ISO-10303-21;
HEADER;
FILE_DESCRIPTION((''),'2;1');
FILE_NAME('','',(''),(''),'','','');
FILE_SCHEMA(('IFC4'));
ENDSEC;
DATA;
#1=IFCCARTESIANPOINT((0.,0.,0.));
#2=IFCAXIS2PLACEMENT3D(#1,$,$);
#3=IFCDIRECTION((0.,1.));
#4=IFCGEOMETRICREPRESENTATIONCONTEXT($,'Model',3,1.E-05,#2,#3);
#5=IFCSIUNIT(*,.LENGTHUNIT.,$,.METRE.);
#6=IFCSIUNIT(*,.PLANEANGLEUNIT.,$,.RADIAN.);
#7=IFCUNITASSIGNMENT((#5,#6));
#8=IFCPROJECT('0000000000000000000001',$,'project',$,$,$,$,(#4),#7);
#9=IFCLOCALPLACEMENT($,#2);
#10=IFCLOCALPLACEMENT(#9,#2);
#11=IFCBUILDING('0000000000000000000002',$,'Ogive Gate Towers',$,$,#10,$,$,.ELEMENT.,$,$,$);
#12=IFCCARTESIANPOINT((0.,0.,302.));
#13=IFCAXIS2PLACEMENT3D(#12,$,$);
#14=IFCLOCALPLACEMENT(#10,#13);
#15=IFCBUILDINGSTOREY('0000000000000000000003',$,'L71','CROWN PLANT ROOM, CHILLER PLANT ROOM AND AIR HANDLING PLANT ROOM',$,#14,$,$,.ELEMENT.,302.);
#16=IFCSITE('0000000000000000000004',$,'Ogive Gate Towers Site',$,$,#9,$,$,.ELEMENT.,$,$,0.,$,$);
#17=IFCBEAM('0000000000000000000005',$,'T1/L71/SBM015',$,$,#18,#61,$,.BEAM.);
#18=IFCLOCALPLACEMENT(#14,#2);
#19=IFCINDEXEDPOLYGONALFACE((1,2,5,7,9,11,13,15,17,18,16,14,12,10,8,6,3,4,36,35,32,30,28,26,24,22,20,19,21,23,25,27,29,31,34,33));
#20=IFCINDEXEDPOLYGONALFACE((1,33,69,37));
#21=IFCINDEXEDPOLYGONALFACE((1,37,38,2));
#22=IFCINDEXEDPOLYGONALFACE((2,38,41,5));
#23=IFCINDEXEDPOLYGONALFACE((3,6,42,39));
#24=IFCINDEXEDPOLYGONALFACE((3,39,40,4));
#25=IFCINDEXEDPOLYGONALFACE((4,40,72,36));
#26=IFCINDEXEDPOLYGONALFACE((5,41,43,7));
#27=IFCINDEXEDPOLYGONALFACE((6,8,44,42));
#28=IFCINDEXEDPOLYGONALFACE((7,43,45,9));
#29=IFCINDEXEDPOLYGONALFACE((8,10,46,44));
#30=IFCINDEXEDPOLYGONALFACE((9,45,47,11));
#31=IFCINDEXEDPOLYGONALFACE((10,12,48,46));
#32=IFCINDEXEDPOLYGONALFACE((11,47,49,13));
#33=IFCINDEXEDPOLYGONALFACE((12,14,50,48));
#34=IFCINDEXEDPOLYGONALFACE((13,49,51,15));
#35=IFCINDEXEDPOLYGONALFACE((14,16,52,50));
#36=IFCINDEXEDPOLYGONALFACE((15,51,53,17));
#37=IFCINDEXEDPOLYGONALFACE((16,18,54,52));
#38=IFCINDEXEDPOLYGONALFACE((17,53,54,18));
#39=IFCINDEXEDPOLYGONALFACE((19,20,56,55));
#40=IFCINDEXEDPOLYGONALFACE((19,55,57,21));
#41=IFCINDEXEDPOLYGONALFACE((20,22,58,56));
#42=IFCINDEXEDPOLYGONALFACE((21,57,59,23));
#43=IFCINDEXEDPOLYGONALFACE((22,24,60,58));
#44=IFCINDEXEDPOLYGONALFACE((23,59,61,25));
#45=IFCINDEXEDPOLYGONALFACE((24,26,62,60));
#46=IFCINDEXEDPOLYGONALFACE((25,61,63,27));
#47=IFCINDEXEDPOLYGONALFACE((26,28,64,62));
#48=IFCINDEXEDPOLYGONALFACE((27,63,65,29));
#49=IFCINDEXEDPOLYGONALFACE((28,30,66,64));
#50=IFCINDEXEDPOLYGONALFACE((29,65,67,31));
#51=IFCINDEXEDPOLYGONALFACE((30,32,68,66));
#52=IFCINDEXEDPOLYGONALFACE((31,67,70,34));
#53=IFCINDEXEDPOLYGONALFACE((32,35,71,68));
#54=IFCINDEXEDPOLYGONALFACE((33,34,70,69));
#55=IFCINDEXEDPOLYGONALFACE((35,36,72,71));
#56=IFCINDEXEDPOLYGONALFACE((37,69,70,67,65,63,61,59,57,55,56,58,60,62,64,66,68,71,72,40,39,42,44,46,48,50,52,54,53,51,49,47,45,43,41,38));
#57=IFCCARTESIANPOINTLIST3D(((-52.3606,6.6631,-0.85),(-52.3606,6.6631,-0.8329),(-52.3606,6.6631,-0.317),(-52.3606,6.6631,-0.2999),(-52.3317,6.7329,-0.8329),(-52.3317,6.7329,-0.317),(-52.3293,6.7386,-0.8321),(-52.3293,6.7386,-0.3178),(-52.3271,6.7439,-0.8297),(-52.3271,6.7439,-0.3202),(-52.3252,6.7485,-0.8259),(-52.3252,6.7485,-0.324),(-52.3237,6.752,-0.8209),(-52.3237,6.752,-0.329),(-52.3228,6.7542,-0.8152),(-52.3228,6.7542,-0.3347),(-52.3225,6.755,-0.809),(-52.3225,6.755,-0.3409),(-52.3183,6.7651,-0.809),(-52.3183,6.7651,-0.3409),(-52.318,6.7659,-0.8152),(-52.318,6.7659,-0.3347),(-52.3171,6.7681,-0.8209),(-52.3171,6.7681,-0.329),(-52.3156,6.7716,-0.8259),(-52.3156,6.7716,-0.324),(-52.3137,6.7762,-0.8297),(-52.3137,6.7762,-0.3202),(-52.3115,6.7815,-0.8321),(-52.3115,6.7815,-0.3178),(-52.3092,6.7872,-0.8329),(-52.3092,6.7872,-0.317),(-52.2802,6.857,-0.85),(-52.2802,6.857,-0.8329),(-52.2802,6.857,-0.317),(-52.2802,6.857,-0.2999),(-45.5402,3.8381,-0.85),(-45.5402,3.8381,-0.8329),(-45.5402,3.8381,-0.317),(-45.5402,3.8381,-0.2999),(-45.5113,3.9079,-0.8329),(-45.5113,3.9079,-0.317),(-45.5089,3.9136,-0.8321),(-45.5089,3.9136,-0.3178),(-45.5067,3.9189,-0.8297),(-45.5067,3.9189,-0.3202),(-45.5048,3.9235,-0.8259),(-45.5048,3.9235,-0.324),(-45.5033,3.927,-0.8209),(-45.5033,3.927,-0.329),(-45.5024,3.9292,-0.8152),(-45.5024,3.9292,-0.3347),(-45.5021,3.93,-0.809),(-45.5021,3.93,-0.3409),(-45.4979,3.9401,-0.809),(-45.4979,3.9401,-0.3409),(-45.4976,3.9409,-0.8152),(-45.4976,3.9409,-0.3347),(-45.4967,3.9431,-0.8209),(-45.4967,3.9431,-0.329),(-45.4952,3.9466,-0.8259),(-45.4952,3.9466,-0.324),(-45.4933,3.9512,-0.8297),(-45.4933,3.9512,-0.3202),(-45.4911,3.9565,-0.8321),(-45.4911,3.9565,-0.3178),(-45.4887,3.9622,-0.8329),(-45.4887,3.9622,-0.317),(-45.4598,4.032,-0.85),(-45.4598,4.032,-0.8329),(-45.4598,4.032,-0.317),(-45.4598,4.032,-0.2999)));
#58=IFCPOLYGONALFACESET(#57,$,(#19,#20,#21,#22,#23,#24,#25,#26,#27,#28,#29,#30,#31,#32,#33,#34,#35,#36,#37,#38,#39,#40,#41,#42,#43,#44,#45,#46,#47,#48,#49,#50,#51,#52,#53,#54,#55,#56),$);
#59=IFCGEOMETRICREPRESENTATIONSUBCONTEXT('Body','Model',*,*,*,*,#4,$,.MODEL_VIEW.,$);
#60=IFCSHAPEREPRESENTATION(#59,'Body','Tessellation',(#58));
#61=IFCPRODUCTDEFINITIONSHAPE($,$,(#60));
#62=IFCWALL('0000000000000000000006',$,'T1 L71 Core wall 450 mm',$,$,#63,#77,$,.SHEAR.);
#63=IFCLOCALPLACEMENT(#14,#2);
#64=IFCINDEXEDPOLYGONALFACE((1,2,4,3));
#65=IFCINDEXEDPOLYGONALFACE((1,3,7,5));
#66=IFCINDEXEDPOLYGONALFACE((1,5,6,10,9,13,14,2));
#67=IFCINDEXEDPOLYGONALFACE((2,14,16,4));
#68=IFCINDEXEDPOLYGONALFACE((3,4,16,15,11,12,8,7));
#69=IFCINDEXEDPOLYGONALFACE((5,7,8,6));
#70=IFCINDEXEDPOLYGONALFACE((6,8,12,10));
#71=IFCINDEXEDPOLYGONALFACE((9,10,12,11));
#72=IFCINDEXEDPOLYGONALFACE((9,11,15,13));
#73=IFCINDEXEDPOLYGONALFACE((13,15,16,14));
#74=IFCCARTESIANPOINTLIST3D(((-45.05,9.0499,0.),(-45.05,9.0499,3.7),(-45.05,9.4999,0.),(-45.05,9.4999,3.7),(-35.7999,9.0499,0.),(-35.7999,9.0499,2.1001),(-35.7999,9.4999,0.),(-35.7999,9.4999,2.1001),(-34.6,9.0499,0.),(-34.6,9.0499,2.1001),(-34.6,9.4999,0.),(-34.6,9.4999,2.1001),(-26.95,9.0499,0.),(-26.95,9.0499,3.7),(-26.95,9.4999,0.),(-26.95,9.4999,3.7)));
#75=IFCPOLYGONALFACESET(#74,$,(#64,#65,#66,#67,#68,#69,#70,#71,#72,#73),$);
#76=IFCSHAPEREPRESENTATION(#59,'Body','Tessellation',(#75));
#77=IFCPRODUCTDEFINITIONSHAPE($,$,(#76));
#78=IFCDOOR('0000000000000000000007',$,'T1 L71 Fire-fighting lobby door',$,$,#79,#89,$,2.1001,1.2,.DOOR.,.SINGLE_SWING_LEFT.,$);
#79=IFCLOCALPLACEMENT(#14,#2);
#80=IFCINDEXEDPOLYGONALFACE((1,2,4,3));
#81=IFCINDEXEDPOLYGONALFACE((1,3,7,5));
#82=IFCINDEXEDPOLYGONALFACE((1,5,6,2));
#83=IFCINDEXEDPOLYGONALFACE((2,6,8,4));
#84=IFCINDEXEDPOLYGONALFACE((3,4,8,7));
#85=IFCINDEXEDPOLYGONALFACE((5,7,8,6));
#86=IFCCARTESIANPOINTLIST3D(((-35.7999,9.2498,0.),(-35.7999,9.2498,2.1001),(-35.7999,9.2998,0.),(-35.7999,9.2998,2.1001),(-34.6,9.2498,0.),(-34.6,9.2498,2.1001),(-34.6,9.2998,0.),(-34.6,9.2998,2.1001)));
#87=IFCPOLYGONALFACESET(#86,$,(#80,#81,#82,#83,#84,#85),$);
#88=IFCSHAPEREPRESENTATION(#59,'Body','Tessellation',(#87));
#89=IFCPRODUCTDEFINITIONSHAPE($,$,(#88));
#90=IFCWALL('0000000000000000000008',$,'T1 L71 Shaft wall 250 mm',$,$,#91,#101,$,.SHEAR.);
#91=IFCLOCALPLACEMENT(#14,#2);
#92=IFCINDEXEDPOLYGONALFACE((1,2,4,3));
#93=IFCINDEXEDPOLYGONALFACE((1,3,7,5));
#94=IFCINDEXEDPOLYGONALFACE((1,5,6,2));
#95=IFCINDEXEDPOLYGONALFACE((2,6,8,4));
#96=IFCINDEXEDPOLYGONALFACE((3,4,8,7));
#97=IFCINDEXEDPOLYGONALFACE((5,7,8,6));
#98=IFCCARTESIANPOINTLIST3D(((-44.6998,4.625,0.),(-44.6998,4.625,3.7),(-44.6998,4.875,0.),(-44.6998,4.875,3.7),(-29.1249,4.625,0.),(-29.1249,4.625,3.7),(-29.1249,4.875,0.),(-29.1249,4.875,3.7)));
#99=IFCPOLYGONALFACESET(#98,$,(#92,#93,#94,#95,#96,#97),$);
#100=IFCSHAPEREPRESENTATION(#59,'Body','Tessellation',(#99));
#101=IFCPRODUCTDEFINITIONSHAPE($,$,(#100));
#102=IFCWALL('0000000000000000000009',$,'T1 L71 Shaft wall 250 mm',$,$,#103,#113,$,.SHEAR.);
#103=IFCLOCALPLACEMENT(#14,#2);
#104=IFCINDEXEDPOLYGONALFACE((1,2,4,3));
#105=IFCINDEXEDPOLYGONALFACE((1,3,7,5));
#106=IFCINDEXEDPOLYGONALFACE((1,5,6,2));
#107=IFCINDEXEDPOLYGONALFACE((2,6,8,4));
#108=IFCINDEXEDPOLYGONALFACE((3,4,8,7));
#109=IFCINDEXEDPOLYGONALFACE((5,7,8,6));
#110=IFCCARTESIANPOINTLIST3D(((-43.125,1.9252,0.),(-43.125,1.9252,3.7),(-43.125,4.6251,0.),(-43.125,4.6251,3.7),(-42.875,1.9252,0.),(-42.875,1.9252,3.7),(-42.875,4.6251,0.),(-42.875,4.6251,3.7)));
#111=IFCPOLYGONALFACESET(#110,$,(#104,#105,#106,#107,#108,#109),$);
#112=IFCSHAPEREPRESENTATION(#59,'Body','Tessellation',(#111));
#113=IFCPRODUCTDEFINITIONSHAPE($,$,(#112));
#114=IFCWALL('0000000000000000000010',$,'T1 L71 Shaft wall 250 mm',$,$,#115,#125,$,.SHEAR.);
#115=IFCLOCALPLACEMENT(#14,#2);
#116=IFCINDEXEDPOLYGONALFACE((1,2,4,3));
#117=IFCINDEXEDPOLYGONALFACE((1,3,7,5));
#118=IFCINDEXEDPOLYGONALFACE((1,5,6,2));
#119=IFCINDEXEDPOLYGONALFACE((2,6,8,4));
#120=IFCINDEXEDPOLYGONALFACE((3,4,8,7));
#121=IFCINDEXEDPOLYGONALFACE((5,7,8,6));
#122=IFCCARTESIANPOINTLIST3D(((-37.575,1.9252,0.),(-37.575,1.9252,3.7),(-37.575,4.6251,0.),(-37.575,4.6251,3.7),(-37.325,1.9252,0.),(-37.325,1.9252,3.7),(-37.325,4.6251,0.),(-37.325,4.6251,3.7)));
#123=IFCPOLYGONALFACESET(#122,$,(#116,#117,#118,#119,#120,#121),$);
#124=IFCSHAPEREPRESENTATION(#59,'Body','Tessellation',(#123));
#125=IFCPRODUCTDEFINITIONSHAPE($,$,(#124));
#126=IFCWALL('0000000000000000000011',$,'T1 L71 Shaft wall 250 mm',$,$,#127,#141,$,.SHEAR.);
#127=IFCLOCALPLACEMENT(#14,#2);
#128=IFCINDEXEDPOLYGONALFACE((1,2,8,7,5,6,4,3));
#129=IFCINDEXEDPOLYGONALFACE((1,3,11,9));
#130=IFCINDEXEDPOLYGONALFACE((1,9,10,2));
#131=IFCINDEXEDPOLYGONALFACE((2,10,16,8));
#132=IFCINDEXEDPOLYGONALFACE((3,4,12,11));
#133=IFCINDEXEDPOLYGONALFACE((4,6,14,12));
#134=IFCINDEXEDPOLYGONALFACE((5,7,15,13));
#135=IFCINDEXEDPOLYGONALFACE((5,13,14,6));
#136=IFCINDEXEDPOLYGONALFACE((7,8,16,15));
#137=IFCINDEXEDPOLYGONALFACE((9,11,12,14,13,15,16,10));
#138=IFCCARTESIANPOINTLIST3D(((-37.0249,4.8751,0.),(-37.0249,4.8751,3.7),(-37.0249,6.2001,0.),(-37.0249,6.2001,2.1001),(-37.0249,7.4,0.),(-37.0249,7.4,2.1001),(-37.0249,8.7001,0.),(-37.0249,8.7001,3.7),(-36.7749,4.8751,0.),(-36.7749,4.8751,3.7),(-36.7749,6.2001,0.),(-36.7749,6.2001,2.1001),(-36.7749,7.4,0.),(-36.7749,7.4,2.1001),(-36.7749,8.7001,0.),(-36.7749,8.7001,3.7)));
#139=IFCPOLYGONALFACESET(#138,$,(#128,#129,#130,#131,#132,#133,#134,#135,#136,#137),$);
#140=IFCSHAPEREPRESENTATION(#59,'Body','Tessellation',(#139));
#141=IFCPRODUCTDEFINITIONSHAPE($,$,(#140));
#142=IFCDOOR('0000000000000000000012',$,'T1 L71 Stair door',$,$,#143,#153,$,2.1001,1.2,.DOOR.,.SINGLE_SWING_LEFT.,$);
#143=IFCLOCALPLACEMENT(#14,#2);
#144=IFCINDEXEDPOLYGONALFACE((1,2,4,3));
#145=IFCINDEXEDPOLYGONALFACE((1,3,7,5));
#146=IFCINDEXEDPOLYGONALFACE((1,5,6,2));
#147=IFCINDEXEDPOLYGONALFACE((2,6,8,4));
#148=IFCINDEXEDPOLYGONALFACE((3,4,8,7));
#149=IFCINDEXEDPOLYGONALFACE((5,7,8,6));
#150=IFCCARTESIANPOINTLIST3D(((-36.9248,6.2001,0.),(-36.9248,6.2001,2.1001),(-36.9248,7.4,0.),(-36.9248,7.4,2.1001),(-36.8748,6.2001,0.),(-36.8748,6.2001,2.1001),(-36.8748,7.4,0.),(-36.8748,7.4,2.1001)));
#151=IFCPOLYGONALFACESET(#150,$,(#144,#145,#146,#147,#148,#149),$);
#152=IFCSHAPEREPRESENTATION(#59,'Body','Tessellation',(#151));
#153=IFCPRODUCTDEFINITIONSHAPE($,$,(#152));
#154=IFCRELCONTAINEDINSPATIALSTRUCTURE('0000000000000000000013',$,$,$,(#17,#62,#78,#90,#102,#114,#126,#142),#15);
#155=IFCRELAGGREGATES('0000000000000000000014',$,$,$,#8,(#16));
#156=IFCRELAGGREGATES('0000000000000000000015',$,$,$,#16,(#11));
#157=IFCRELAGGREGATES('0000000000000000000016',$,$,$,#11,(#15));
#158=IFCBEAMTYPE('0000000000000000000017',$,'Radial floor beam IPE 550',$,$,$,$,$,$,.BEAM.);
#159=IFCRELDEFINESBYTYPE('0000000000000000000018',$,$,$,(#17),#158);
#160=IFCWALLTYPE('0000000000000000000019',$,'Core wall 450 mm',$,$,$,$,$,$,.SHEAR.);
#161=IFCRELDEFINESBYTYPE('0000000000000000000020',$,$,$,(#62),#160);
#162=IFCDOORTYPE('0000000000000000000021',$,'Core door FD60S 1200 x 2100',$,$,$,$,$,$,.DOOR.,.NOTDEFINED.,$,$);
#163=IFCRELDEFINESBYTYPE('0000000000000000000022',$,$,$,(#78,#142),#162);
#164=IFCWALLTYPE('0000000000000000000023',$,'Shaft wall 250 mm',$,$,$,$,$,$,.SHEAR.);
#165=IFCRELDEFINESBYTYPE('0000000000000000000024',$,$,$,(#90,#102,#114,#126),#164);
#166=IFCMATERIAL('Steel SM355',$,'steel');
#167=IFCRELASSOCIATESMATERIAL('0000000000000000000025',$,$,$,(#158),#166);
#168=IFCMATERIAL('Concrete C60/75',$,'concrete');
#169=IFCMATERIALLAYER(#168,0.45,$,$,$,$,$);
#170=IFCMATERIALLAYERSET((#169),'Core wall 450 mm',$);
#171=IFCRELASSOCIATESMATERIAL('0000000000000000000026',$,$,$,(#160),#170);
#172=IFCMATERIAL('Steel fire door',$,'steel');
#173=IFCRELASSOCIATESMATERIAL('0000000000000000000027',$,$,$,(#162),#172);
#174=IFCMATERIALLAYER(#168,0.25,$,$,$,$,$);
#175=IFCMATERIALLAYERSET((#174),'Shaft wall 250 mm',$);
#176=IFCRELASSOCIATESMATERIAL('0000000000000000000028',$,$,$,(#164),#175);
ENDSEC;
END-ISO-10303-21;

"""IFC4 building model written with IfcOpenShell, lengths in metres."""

from ifc_helpers import new_model, si_unit, direction, frame, frame_2d, origin, origin_2d, place, context, subcontext, project, spatial, rectangle, i_section, extrude, material, layer, layer_set, material_profile, profile_set, type_object, element, fill, save


model = new_model("IFC4")

# Units and contexts
model_context = context("Model", 3, precision=1e-05, world=origin(), true_north=direction((0.0, 1.0)))
body_context = subcontext(model_context, "Body", "Model", "MODEL_VIEW")
ifc_project = project(units=[si_unit("LENGTHUNIT", "METRE"), si_unit("PLANEANGLEUNIT", "RADIAN")], contexts=[model_context])

# Site, building, storey
site_placement = place(None, origin())
site = spatial("IfcSite", under=ifc_project, at=site_placement, Name="Ogive Gate Towers Site", CompositionType="ELEMENT", RefElevation=0.0)
building_placement = place(site_placement, origin())
building = spatial("IfcBuilding", under=site, at=building_placement, Name="Ogive Gate Towers", CompositionType="ELEMENT")
storey_placement = place(building_placement, frame((0.0, 0.0, 302.0)))
storey = spatial("IfcBuildingStorey", under=building, at=storey_placement, Name="L71", Description="CROWN PLANT ROOM, CHILLER PLANT ROOM AND AIR HANDLING PLANT ROOM", CompositionType="ELEMENT", Elevation=302.0)

# Beam
ifc_material_1 = material(Name="Steel SM355", Category="steel")
ifc_material_profile = material_profile(ifc_material_1, i_section(OverallWidth=0.21, OverallDepth=0.55, WebThickness=0.011, FlangeThickness=0.0171, FilletRadius=0.0239, at=origin_2d()), Name="IPE 550")
ifc_profile_set = profile_set([ifc_material_profile], Name="Steel SM355")
beam_type = type_object("IfcBeamType", Name="Radial floor beam IPE 550", PredefinedType="BEAM", material=ifc_profile_set)
beam_placement = place(storey_placement, frame((-45.5, 3.9351, -0.575), z_axis=(-0.923885, 0.38267, 0.0), x_axis=(-0.38267, -0.923885, 0.0)))
element("IfcBeam", 1, at=beam_placement, inside=storey, type_object=beam_type, Name="T1/L71/SBM015", PredefinedType="BEAM", context=body_context, shape_type="SweptSolid", body=[
    extrude(i_section(OverallWidth=0.21, OverallDepth=0.55, WebThickness=0.011, FlangeThickness=0.0171, FilletRadius=0.0239, at=origin_2d()), origin(), (0.0, 0.0, 1.0), 7.3823),
])

# Wall, opening, door
ifc_material_2 = material(Name="Concrete C60/75", Category="concrete")
ifc_layer_1 = layer(ifc_material_2, 0.45)
ifc_layer_set_1 = layer_set([ifc_layer_1], Name="Core wall 450 mm")
wall_type_1 = type_object("IfcWallType", Name="Core wall 450 mm", PredefinedType="SHEAR", material=ifc_layer_set_1)
wall_1_placement = place(storey_placement, frame((-45.05, 9.2749, 0.0), z_axis=(0.0, 0.0, 1.0), x_axis=(1.0, 0.0, 0.0)))
wall_1 = element("IfcWall", 2, at=wall_1_placement, inside=storey, type_object=wall_type_1, Name="T1 L71 Core wall 450 mm", PredefinedType="SHEAR", context=body_context, shape_type="SweptSolid", body=[
    extrude(rectangle(XDim=18.1001, YDim=0.45, at=frame_2d((9.05, 0.0))), origin(), (0.0, 0.0, 1.0), 3.7),
])
opening_1_placement = place(wall_1_placement, frame((9.25, 0.0, 0.0)))
opening_1 = element("IfcOpeningElement", 3, at=opening_1_placement, cuts=wall_1, PredefinedType="OPENING", context=body_context, shape_type="SweptSolid", body=[
    extrude(rectangle(XDim=1.2, YDim=2.1001, at=frame_2d((0.6001, 1.05))), frame((0.0, 0.2349, 0.0), z_axis=(0.0, -1.0, 0.0), x_axis=(1.0, 0.0, 0.0)), (0.0, 0.0, 1.0), 0.47),
])
ifc_material_3 = material(Name="Steel fire door", Category="steel")
door_type_1 = type_object("IfcDoorType", Name="Core door FD60S 1200 x 2100", OperationType="NOTDEFINED", PredefinedType="DOOR", material=ifc_material_3)
door_1_placement = place(opening_1_placement, origin())
door_1 = element("IfcDoor", 4, at=door_1_placement, inside=storey, type_object=door_type_1, Name="T1 L71 Fire-fighting lobby door", OperationType="SINGLE_SWING_LEFT", OverallHeight=2.1001, OverallWidth=1.2, PredefinedType="DOOR", context=body_context, shape_type="SweptSolid", body=[
    extrude(rectangle(XDim=1.2, YDim=2.1001, at=frame_2d((0.6001, 1.05))), frame((0.0, 0.0249, 0.0), z_axis=(0.0, -1.0, 0.0), x_axis=(1.0, 0.0, 0.0)), (0.0, 0.0, 1.0), 0.05),
])
fill(opening_1, door_1)

# Walls
ifc_layer_2 = layer(ifc_material_2, 0.25)
ifc_layer_set_2 = layer_set([ifc_layer_2], Name="Shaft wall 250 mm")
wall_type_2 = type_object("IfcWallType", Name="Shaft wall 250 mm", PredefinedType="SHEAR", material=ifc_layer_set_2)
wall_2_placement = place(storey_placement, frame((-44.7, 4.75, 0.0), z_axis=(0.0, 0.0, 1.0), x_axis=(1.0, 0.0, 0.0)))
element("IfcWall", 5, at=wall_2_placement, inside=storey, type_object=wall_type_2, Name="T1 L71 Shaft wall 250 mm", PredefinedType="SHEAR", context=body_context, shape_type="SweptSolid", body=[
    extrude(rectangle(XDim=15.575, YDim=0.25, at=frame_2d((7.7876, 0.0))), origin(), (0.0, 0.0, 1.0), 3.7),
])
for number, where, z_axis, x_axis, name in (
    (6, (-43.0, 1.925, 0.0), (0.0, 0.0, 1.0), (0.0, 1.0, 0.0), "T1 L71 Shaft wall 250 mm"),
    (7, (-37.45, 1.925, 0.0), (0.0, 0.0, 1.0), (0.0, 1.0, 0.0), "T1 L71 Shaft wall 250 mm"),
):
    element("IfcWall", number, at=place(storey_placement, frame(where, z_axis=z_axis, x_axis=x_axis)), inside=storey, type_object=wall_type_2, Name=name, PredefinedType="SHEAR", context=body_context, shape_type="SweptSolid", body=[
        extrude(rectangle(XDim=2.7, YDim=0.25, at=frame_2d((1.3501, 0.0))), origin(), (0.0, 0.0, 1.0), 3.7),
    ])

# Wall, opening, door
wall_3_placement = place(storey_placement, frame((-36.8999, 4.875, 0.0), z_axis=(0.0, 0.0, 1.0), x_axis=(0.0, 1.0, 0.0)))
wall_3 = element("IfcWall", 8, at=wall_3_placement, inside=storey, type_object=wall_type_2, Name="T1 L71 Shaft wall 250 mm", PredefinedType="SHEAR", context=body_context, shape_type="SweptSolid", body=[
    extrude(rectangle(XDim=3.825, YDim=0.25, at=frame_2d((1.9126, 0.0))), origin(), (0.0, 0.0, 1.0), 3.7),
])
opening_2_placement = place(wall_3_placement, frame((1.325, 0.0, 0.0)))
opening_2 = element("IfcOpeningElement", 9, at=opening_2_placement, cuts=wall_3, PredefinedType="OPENING", context=body_context, shape_type="SweptSolid", body=[
    extrude(rectangle(XDim=1.2, YDim=2.1001, at=frame_2d((0.6001, 1.05))), frame((0.0, 0.135, 0.0), z_axis=(0.0, -1.0, 0.0), x_axis=(1.0, 0.0, 0.0)), (0.0, 0.0, 1.0), 0.27),
])
door_2_placement = place(opening_2_placement, origin())
door_2 = element("IfcDoor", 10, at=door_2_placement, inside=storey, type_object=door_type_1, Name="T1 L71 Stair door", OperationType="SINGLE_SWING_LEFT", OverallHeight=2.1001, OverallWidth=1.2, PredefinedType="DOOR", context=body_context, shape_type="SweptSolid", body=[
    extrude(rectangle(XDim=1.2, YDim=2.1001, at=frame_2d((0.6001, 1.05))), frame((0.0, 0.0249, 0.0), z_axis=(0.0, -1.0, 0.0), x_axis=(1.0, 0.0, 0.0)), (0.0, 0.0, 1.0), 0.05),
])
fill(opening_2, door_2)

save(model, "model.ifc")
